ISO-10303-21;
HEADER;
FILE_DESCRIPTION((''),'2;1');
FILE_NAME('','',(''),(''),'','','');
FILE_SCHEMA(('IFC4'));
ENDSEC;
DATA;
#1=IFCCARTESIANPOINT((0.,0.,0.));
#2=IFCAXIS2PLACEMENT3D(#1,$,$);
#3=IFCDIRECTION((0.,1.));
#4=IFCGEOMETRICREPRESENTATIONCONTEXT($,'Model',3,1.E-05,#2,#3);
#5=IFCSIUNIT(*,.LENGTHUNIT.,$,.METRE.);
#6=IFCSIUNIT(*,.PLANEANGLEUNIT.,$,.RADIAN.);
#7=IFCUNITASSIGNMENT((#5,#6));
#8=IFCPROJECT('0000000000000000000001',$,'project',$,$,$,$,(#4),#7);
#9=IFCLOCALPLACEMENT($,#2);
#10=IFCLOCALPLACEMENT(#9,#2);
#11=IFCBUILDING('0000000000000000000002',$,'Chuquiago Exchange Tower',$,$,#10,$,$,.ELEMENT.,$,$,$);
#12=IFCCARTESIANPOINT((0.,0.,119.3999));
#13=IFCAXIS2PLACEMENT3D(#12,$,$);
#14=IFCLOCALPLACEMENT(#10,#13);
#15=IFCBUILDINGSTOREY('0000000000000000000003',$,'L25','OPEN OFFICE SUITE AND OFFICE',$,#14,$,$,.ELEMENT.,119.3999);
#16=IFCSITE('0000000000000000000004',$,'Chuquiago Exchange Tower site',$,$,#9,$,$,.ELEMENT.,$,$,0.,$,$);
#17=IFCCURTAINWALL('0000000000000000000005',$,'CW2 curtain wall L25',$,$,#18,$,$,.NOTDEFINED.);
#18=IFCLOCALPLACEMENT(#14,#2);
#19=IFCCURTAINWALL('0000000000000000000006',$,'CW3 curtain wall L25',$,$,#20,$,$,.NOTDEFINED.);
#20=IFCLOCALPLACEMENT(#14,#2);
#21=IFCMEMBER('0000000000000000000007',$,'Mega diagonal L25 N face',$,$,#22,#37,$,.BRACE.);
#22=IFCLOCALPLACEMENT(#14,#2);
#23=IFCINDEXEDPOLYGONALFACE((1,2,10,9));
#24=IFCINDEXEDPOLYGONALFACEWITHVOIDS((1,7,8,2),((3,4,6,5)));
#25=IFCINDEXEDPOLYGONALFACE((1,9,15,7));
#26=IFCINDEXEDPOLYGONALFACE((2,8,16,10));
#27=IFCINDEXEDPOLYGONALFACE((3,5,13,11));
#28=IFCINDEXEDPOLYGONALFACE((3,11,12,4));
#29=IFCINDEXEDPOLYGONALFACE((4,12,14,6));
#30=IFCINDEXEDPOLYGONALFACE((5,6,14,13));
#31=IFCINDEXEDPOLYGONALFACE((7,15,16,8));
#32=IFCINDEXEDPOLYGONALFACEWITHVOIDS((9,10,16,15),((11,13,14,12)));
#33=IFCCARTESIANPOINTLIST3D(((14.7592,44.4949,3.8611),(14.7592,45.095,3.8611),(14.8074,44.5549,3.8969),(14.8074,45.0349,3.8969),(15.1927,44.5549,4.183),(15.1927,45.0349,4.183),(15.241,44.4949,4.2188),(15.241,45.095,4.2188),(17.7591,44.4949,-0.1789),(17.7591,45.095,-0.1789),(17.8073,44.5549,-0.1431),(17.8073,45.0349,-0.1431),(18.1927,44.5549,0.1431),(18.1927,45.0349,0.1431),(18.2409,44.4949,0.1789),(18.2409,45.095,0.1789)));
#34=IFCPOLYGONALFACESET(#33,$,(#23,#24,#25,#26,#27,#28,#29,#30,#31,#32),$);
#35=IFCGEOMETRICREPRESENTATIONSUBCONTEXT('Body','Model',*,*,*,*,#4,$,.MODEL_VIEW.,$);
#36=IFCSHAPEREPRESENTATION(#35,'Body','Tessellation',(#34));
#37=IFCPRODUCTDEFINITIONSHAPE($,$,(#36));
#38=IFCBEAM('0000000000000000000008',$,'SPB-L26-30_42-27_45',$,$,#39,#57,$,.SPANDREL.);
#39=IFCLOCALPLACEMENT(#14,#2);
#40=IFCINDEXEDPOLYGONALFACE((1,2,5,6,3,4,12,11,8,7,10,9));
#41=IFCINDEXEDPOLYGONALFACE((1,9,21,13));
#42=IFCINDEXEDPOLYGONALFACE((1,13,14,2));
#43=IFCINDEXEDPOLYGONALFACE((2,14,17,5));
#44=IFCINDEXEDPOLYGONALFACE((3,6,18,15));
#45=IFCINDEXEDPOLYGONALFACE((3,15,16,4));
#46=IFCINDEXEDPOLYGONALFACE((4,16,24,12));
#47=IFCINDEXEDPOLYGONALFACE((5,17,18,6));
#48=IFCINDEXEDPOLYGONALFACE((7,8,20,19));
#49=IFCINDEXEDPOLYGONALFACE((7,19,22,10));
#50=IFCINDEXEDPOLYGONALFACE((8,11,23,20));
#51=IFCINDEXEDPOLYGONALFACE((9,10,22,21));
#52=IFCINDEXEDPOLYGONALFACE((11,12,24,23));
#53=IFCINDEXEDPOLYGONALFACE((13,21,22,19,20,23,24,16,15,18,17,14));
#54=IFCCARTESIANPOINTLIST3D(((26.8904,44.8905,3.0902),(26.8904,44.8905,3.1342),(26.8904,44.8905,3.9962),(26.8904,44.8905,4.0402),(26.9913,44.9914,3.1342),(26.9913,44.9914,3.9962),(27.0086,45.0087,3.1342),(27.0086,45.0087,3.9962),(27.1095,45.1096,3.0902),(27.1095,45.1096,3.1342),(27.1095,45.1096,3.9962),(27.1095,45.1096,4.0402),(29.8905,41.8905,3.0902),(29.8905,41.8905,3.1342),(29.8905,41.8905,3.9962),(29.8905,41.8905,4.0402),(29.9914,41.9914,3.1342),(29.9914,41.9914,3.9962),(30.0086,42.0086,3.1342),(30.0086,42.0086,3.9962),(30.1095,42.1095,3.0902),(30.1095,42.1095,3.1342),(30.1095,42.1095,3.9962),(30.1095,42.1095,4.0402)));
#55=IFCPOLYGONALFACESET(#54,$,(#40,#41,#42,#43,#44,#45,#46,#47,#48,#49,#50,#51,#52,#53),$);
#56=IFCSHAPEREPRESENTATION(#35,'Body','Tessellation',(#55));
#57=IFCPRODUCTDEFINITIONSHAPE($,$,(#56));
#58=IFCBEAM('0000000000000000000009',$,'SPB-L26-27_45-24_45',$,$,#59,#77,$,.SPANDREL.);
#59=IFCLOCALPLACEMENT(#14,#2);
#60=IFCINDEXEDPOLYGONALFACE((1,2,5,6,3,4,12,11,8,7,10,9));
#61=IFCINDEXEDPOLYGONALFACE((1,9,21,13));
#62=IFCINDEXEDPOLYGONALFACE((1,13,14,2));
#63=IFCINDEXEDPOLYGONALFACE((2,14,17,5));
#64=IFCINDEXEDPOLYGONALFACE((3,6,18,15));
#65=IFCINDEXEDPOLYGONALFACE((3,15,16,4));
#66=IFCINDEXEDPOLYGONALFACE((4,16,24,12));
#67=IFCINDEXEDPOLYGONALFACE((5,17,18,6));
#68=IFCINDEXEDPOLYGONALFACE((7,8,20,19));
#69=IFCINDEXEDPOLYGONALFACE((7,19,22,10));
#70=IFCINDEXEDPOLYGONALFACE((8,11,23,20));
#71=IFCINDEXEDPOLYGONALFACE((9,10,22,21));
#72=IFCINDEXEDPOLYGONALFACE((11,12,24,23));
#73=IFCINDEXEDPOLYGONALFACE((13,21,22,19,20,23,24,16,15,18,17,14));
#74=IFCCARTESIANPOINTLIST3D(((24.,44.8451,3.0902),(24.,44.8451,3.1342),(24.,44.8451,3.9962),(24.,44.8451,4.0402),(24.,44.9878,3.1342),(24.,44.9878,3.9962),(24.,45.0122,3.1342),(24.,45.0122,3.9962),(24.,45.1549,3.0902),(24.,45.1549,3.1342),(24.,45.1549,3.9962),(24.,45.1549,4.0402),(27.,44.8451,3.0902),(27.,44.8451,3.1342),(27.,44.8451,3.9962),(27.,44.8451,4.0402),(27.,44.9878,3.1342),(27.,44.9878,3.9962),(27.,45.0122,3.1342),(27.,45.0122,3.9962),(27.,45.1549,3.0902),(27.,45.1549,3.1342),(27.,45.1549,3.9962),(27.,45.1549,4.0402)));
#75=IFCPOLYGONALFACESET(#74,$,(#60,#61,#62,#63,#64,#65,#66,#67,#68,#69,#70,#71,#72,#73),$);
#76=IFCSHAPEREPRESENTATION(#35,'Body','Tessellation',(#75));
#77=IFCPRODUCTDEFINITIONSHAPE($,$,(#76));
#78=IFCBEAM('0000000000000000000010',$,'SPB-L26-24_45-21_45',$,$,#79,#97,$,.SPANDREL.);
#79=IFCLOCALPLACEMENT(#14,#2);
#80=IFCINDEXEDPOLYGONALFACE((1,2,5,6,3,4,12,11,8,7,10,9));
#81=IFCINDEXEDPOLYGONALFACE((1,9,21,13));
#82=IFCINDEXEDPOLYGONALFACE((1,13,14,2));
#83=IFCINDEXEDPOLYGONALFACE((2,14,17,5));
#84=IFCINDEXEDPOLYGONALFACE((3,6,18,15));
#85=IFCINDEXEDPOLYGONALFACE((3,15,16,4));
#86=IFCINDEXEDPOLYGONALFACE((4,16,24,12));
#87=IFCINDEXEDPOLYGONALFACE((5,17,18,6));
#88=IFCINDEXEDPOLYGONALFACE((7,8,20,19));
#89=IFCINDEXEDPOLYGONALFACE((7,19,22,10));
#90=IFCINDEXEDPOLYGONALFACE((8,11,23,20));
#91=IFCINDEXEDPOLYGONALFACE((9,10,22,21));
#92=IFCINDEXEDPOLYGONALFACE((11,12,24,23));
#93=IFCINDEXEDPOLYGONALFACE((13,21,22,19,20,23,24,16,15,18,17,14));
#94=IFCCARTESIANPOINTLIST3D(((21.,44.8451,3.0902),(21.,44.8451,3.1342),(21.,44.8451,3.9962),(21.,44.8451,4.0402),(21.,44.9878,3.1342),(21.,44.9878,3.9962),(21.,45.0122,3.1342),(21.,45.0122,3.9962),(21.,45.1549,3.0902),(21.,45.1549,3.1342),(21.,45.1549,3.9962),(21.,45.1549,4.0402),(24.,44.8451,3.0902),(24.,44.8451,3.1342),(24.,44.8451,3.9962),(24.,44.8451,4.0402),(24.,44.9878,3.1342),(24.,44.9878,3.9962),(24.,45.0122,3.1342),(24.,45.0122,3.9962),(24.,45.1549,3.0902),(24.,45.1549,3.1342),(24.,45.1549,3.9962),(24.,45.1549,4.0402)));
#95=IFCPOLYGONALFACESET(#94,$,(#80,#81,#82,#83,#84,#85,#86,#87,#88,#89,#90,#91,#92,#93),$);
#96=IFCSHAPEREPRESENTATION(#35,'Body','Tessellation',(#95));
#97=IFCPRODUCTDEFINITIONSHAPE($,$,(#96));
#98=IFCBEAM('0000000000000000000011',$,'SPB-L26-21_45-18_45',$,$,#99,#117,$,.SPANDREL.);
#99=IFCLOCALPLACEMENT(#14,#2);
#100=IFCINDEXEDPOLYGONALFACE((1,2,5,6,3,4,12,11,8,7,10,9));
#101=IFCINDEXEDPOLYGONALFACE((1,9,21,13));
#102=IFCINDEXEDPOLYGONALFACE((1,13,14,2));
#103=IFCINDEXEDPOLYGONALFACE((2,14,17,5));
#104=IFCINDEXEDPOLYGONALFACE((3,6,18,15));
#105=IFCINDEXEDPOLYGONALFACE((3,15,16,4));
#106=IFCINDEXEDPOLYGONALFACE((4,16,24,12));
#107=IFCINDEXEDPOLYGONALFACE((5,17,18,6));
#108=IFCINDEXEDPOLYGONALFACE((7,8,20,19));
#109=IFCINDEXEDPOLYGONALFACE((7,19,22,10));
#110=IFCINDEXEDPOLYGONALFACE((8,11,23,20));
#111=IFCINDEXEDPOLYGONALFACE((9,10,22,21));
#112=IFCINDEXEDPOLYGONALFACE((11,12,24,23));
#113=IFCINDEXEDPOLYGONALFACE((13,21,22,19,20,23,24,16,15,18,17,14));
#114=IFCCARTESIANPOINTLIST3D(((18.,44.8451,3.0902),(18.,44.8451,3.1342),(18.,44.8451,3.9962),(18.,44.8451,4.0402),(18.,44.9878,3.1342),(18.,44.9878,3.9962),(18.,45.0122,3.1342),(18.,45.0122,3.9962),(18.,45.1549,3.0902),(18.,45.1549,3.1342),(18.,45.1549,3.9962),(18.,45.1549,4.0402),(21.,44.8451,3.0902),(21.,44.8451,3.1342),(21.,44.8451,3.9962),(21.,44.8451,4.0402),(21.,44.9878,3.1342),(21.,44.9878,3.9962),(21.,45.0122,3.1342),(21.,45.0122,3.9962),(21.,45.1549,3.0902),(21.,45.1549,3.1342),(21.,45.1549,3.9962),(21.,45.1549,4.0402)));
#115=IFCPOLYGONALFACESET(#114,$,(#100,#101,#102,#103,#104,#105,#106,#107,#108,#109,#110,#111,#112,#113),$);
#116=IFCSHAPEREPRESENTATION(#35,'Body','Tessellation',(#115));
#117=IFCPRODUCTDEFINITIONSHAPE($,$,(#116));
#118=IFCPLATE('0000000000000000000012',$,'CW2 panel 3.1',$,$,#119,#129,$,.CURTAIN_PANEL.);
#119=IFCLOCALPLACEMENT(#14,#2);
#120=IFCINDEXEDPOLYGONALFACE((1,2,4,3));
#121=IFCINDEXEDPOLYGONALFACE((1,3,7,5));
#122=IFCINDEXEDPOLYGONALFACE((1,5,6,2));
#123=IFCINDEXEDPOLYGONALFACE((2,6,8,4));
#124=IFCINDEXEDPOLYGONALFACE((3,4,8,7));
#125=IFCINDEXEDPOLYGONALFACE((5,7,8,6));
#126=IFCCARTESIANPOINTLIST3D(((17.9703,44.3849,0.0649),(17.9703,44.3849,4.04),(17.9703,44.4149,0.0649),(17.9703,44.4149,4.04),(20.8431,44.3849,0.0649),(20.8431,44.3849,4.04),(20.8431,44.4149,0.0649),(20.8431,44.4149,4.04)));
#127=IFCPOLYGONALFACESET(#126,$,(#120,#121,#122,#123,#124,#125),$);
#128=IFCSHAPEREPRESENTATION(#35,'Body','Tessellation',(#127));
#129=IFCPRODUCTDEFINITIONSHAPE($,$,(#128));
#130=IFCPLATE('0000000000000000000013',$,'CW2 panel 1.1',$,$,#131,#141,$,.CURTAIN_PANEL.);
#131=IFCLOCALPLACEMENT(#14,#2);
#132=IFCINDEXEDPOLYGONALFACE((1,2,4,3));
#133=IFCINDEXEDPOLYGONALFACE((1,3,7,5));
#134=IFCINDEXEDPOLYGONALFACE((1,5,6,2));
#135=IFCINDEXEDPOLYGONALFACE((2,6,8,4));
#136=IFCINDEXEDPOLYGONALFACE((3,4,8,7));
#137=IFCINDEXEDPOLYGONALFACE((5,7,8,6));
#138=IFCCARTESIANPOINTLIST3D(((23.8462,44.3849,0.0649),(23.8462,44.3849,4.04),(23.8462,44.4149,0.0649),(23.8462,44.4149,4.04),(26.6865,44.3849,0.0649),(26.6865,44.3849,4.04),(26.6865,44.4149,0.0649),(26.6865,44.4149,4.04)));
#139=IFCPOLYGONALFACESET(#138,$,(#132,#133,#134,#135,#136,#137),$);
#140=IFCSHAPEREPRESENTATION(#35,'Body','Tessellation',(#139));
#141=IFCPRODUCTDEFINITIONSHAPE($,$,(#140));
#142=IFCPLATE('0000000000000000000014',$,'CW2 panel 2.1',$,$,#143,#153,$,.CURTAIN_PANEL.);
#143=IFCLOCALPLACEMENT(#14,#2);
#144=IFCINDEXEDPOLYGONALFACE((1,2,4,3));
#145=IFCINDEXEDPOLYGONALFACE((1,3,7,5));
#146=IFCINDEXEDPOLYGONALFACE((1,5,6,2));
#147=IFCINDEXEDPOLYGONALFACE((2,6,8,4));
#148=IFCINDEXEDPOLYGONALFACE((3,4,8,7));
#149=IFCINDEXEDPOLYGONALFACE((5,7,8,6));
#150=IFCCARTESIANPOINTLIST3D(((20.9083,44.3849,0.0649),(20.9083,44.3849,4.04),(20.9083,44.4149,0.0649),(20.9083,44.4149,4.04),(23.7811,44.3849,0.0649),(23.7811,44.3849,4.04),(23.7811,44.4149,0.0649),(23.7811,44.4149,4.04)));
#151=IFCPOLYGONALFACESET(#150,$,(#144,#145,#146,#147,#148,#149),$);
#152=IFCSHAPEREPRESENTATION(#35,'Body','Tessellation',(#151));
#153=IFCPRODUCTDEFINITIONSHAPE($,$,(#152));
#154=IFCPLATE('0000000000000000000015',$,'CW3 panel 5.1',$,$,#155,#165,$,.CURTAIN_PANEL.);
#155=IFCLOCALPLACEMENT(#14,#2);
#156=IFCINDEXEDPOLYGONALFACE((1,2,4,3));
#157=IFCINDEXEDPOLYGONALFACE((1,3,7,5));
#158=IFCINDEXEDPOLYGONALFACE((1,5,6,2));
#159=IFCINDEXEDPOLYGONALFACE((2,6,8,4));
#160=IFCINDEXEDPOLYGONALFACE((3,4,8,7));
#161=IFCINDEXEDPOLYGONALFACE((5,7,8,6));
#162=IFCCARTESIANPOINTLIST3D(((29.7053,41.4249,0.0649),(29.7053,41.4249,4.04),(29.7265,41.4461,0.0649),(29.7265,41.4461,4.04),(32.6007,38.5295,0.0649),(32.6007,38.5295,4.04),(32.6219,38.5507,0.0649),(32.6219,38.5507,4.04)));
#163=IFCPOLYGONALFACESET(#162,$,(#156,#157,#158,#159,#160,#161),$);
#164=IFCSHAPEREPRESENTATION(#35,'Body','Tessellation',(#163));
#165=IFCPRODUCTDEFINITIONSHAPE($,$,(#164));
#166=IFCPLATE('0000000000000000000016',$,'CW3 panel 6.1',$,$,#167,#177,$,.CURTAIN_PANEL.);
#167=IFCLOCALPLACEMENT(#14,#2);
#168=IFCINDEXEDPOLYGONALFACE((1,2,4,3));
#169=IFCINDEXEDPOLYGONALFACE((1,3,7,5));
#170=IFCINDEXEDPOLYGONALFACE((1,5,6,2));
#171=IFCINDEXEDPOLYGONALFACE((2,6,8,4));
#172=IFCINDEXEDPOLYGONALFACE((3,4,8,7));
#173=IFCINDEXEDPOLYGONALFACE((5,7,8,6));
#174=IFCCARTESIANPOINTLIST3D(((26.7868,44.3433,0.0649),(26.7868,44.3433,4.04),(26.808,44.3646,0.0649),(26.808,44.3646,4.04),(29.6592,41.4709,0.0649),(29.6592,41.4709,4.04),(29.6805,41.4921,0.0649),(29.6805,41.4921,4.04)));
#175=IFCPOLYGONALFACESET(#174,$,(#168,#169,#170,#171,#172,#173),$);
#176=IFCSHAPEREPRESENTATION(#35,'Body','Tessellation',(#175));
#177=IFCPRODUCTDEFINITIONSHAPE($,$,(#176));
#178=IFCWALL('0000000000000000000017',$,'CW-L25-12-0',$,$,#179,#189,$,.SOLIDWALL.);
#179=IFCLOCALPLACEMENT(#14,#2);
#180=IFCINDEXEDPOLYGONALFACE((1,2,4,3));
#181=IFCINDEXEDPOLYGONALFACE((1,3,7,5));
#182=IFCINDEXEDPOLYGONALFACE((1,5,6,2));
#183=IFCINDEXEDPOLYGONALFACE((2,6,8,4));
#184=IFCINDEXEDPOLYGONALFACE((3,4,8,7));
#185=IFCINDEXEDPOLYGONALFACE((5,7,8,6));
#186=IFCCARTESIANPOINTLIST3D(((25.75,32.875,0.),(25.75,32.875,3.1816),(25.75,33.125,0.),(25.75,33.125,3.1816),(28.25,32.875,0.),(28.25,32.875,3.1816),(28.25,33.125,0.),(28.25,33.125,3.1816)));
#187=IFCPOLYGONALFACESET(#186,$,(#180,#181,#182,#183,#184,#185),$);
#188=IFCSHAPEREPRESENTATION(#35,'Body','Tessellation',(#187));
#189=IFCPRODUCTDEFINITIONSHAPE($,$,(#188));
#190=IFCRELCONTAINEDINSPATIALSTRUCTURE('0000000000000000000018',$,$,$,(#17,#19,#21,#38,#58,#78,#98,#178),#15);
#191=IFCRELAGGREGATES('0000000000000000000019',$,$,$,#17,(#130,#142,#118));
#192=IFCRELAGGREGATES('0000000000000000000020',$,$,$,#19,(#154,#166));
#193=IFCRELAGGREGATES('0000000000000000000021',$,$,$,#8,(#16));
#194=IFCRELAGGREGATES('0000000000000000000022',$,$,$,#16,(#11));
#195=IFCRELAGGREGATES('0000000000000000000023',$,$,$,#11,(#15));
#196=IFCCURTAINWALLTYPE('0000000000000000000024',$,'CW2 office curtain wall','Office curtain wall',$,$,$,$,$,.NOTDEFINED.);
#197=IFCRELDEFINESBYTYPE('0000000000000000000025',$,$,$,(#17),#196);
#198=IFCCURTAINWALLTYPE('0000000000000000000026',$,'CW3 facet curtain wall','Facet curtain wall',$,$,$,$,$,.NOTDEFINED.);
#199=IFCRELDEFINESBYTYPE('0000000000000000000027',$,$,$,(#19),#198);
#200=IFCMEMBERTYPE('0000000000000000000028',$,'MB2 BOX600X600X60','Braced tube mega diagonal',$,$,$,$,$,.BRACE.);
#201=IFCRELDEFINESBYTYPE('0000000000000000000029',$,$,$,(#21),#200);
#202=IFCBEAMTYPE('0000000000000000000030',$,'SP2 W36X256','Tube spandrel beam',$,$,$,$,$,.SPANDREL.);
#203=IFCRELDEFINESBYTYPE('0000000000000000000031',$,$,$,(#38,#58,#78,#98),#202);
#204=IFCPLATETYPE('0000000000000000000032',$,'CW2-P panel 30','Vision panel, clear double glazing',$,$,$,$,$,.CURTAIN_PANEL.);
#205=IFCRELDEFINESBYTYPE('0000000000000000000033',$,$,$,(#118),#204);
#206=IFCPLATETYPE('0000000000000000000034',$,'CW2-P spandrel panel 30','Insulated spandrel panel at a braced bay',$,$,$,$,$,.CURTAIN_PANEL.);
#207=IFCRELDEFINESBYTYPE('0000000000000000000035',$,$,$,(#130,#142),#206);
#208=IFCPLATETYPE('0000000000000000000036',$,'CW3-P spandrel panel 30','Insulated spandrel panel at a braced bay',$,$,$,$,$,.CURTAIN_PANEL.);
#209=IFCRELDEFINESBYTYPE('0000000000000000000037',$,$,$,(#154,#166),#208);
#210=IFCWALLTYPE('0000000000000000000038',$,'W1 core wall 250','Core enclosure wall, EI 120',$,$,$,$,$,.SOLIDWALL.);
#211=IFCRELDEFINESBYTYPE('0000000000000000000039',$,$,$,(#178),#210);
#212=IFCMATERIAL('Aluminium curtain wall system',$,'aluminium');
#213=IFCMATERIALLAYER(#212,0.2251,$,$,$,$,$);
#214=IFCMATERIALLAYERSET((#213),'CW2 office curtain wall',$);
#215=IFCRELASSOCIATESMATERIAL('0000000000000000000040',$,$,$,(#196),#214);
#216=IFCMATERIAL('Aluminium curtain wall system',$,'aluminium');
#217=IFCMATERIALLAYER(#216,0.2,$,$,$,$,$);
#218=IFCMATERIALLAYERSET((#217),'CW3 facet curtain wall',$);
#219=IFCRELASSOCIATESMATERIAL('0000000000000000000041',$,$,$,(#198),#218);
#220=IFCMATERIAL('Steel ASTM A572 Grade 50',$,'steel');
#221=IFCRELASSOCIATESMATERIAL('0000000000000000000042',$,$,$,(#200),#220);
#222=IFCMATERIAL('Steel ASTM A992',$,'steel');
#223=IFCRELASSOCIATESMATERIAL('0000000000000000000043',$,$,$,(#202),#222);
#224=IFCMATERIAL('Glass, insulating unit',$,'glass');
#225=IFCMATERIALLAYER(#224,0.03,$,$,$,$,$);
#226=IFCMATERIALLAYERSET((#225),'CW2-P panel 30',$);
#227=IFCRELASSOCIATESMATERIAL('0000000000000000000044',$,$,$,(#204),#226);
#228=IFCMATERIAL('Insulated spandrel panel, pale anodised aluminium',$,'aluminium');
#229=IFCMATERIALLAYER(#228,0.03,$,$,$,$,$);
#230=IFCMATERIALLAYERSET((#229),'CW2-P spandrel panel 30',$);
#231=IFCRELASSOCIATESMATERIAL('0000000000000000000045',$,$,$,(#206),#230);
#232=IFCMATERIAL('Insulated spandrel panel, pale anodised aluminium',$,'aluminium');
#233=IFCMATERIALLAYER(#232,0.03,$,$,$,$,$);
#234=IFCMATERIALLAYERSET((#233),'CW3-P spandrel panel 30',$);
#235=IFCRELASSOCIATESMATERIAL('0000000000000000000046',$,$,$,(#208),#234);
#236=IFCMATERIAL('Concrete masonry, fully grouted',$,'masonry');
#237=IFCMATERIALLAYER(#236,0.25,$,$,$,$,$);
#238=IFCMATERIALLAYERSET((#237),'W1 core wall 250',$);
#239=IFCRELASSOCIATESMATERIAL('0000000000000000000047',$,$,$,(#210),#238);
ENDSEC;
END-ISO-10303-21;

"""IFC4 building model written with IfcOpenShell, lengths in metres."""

from ifc_helpers import new_model, si_unit, direction, frame, frame_2d, origin, origin_2d, place, context, subcontext, project, spatial, rectangle, hollow_rectangle, i_section, extrude, material, layer, layer_set, material_profile, profile_set, type_object, element, aggregate, save


model = new_model("IFC4")

# Units and contexts
model_context = context("Model", 3, precision=1e-05, world=origin(), true_north=direction((0.0, 1.0)))
body_context = subcontext(model_context, "Body", "Model", "MODEL_VIEW")
ifc_project = project(units=[si_unit("LENGTHUNIT", "METRE"), si_unit("PLANEANGLEUNIT", "RADIAN")], contexts=[model_context])

# Site, building, storey
site_placement = place(None, origin())
site = spatial("IfcSite", under=ifc_project, at=site_placement, Name="Chuquiago Exchange Tower site", CompositionType="ELEMENT", RefElevation=0.0)
building_placement = place(site_placement, origin())
building = spatial("IfcBuilding", under=site, at=building_placement, Name="Chuquiago Exchange Tower", CompositionType="ELEMENT")
storey_placement = place(building_placement, frame((0.0, 0.0, 119.3999)))
storey = spatial("IfcBuildingStorey", under=building, at=storey_placement, Name="L25", Description="OPEN OFFICE SUITE AND OFFICE", CompositionType="ELEMENT", Elevation=119.3999)

# Curtain walls
ifc_material_1 = material(Name="Aluminium curtain wall system", Category="aluminium")
ifc_layer_1 = layer(ifc_material_1, 0.2251)
ifc_layer_set_1 = layer_set([ifc_layer_1], Name="CW2 office curtain wall")
curtain_wall_type_1 = type_object("IfcCurtainWallType", Name="CW2 office curtain wall", Description="Office curtain wall", PredefinedType="NOTDEFINED", material=ifc_layer_set_1)
curtain_wall_1_placement = place(storey_placement, origin())
curtain_wall_1 = element("IfcCurtainWall", 1, at=curtain_wall_1_placement, inside=storey, type_object=curtain_wall_type_1, Name="CW2 curtain wall L25", PredefinedType="NOTDEFINED")
ifc_material_2 = material(Name="Aluminium curtain wall system", Category="aluminium")
ifc_layer_2 = layer(ifc_material_2, 0.2)
ifc_layer_set_2 = layer_set([ifc_layer_2], Name="CW3 facet curtain wall")
curtain_wall_type_2 = type_object("IfcCurtainWallType", Name="CW3 facet curtain wall", Description="Facet curtain wall", PredefinedType="NOTDEFINED", material=ifc_layer_set_2)
curtain_wall_2_placement = place(storey_placement, origin())
curtain_wall_2 = element("IfcCurtainWall", 2, at=curtain_wall_2_placement, inside=storey, type_object=curtain_wall_type_2, Name="CW3 curtain wall L25", PredefinedType="NOTDEFINED")

# Member
ifc_material_3 = material(Name="Steel ASTM A572 Grade 50", Category="steel")
ifc_material_profile_1 = material_profile(ifc_material_3, hollow_rectangle(XDim=0.6001, YDim=0.6001, WallThickness=0.0601, at=origin_2d()), Name="BOX600X600X60")
ifc_profile_set_1 = profile_set([ifc_material_profile_1], Name="Steel ASTM A572 Grade 50")
member_type_1 = type_object("IfcMemberType", Name="MB2 BOX600X600X60", Description="Braced tube mega diagonal", PredefinedType="BRACE", material=ifc_profile_set_1)
for number, where, z_axis, x_axis, name in (
    (3, (18.0, 44.7949, 0.0), (-0.596174, 0.0, 0.802855), (0.0, -1.0, 0.0), "Mega diagonal L25 N face"),
):
    element("IfcMember", number, at=place(storey_placement, frame(where, z_axis=z_axis, x_axis=x_axis)), inside=storey, type_object=member_type_1, Name=name, PredefinedType="BRACE", context=body_context, shape_type="SweptSolid", body=[
        extrude(hollow_rectangle(XDim=0.6001, YDim=0.6001, WallThickness=0.0601, at=origin_2d()), origin(), (0.0, 0.0, 1.0), 5.032),
    ])

# Beams
ifc_material_4 = material(Name="Steel ASTM A992", Category="steel")
ifc_material_profile_2 = material_profile(ifc_material_4, i_section(OverallWidth=0.3098, OverallDepth=0.95, WebThickness=0.0244, FlangeThickness=0.0439, at=origin_2d()), Name="W36X256")
ifc_profile_set_2 = profile_set([ifc_material_profile_2], Name="Steel ASTM A992")
beam_type_1 = type_object("IfcBeamType", Name="SP2 W36X256", Description="Tube spandrel beam", PredefinedType="SPANDREL", material=ifc_profile_set_2)
beam_1_placement = place(storey_placement, frame((30.0, 42.0, 3.5652), z_axis=(-0.707107, 0.707107, 0.0), x_axis=(-0.707107, -0.707107, 0.0)))
element("IfcBeam", 4, at=beam_1_placement, inside=storey, type_object=beam_type_1, Name="SPB-L26-30_42-27_45", PredefinedType="SPANDREL", context=body_context, shape_type="SweptSolid", body=[
    extrude(i_section(OverallWidth=0.3098, OverallDepth=0.95, WebThickness=0.0244, FlangeThickness=0.0439, at=origin_2d()), origin(), (0.0, 0.0, 1.0), 4.2427),
])
for number, where, z_axis, x_axis, name in (
    (5, (27.0, 45.0, 3.5652), (-1.0, 0.0, 0.0), (0.0, -1.0, 0.0), "SPB-L26-27_45-24_45"),
    (6, (24.0, 45.0, 3.5652), (-1.0, 0.0, 0.0), (0.0, -1.0, 0.0), "SPB-L26-24_45-21_45"),
    (7, (21.0, 45.0, 3.5652), (-1.0, 0.0, 0.0), (0.0, -1.0, 0.0), "SPB-L26-21_45-18_45"),
):
    element("IfcBeam", number, at=place(storey_placement, frame(where, z_axis=z_axis, x_axis=x_axis)), inside=storey, type_object=beam_type_1, Name=name, PredefinedType="SPANDREL", context=body_context, shape_type="SweptSolid", body=[
        extrude(i_section(OverallWidth=0.3098, OverallDepth=0.95, WebThickness=0.0244, FlangeThickness=0.0439, at=origin_2d()), origin(), (0.0, 0.0, 1.0), 3.0),
    ])

# Plates
ifc_material_5 = material(Name="Glass, insulating unit", Category="glass")
ifc_layer_3 = layer(ifc_material_5, 0.03)
ifc_layer_set_3 = layer_set([ifc_layer_3], Name="CW2-P panel 30")
plate_type_1 = type_object("IfcPlateType", Name="CW2-P panel 30", Description="Vision panel, clear double glazing", PredefinedType="CURTAIN_PANEL", material=ifc_layer_set_3)
plate_1_placement = place(storey_placement, frame((19.4067, 44.3999, 0.0649), z_axis=(0.0, 0.0, 1.0), x_axis=(-1.0, 0.0, 0.0)))
plate_1 = element("IfcPlate", 8, at=plate_1_placement, type_object=plate_type_1, Name="CW2 panel 3.1", PredefinedType="CURTAIN_PANEL", context=body_context, shape_type="SweptSolid", body=[
    extrude(rectangle(XDim=2.8728, YDim=0.03, at=origin_2d()), origin(), (0.0, 0.0, 1.0), 3.9751),
])
ifc_material_6 = material(Name="Insulated spandrel panel, pale anodised aluminium", Category="aluminium")
ifc_layer_4 = layer(ifc_material_6, 0.03)
ifc_layer_set_4 = layer_set([ifc_layer_4], Name="CW2-P spandrel panel 30")
plate_type_2 = type_object("IfcPlateType", Name="CW2-P spandrel panel 30", Description="Insulated spandrel panel at a braced bay", PredefinedType="CURTAIN_PANEL", material=ifc_layer_set_4)
plate_2_placement = place(storey_placement, frame((25.2664, 44.3999, 0.0649), z_axis=(0.0, 0.0, 1.0), x_axis=(-1.0, 0.0, 0.0)))
plate_2 = element("IfcPlate", 9, at=plate_2_placement, type_object=plate_type_2, Name="CW2 panel 1.1", PredefinedType="CURTAIN_PANEL", context=body_context, shape_type="SweptSolid", body=[
    extrude(rectangle(XDim=2.8403, YDim=0.03, at=origin_2d()), origin(), (0.0, 0.0, 1.0), 3.9751),
])
plate_3_placement = place(storey_placement, frame((22.3447, 44.3999, 0.0649), z_axis=(0.0, 0.0, 1.0), x_axis=(-1.0, 0.0, 0.0)))
plate_3 = element("IfcPlate", 10, at=plate_3_placement, type_object=plate_type_2, Name="CW2 panel 2.1", PredefinedType="CURTAIN_PANEL", context=body_context, shape_type="SweptSolid", body=[
    extrude(rectangle(XDim=2.8728, YDim=0.03, at=origin_2d()), origin(), (0.0, 0.0, 1.0), 3.9751),
])
aggregate(curtain_wall_1, [plate_2, plate_3, plate_1])
ifc_material_7 = material(Name="Insulated spandrel panel, pale anodised aluminium", Category="aluminium")
ifc_layer_5 = layer(ifc_material_7, 0.03)
ifc_layer_set_5 = layer_set([ifc_layer_5], Name="CW3-P spandrel panel 30")
plate_type_3 = type_object("IfcPlateType", Name="CW3-P spandrel panel 30", Description="Insulated spandrel panel at a braced bay", PredefinedType="CURTAIN_PANEL", material=ifc_layer_set_5)
plate_4_placement = place(storey_placement, frame((31.1636, 39.9878, 0.0649), z_axis=(0.0, 0.0, 1.0), x_axis=(-0.707107, 0.707107, 0.0)))
plate_4 = element("IfcPlate", 11, at=plate_4_placement, type_object=plate_type_3, Name="CW3 panel 5.1", PredefinedType="CURTAIN_PANEL", context=body_context, shape_type="SweptSolid", body=[
    extrude(rectangle(XDim=4.0947, YDim=0.03, at=origin_2d()), origin(), (0.0, 0.0, 1.0), 3.9751),
])
plate_5_placement = place(storey_placement, frame((28.2336, 42.9177, 0.0649), z_axis=(0.0, 0.0, 1.0), x_axis=(-0.707107, 0.707107, 0.0)))
plate_5 = element("IfcPlate", 12, at=plate_5_placement, type_object=plate_type_3, Name="CW3 panel 6.1", PredefinedType="CURTAIN_PANEL", context=body_context, shape_type="SweptSolid", body=[
    extrude(rectangle(XDim=4.0623, YDim=0.03, at=origin_2d()), origin(), (0.0, 0.0, 1.0), 3.9751),
])
aggregate(curtain_wall_2, [plate_4, plate_5])

# Wall
ifc_material_8 = material(Name="Concrete masonry, fully grouted", Category="masonry")
ifc_layer_6 = layer(ifc_material_8, 0.25)
ifc_layer_set_6 = layer_set([ifc_layer_6], Name="W1 core wall 250")
wall_type_1 = type_object("IfcWallType", Name="W1 core wall 250", Description="Core enclosure wall, EI 120", PredefinedType="SOLIDWALL", material=ifc_layer_set_6)
wall_1_placement = place(storey_placement, frame((25.75, 33.0, 0.0), z_axis=(0.0, 0.0, 1.0), x_axis=(1.0, 0.0, 0.0)))
element("IfcWall", 13, at=wall_1_placement, inside=storey, type_object=wall_type_1, Name="CW-L25-12-0", PredefinedType="SOLIDWALL", context=body_context, shape_type="SweptSolid", body=[
    extrude(rectangle(XDim=2.5, YDim=0.25, at=frame_2d((1.25, 0.0))), origin(), (0.0, 0.0, 1.0), 3.1816),
])

save(model, "model.ifc")
